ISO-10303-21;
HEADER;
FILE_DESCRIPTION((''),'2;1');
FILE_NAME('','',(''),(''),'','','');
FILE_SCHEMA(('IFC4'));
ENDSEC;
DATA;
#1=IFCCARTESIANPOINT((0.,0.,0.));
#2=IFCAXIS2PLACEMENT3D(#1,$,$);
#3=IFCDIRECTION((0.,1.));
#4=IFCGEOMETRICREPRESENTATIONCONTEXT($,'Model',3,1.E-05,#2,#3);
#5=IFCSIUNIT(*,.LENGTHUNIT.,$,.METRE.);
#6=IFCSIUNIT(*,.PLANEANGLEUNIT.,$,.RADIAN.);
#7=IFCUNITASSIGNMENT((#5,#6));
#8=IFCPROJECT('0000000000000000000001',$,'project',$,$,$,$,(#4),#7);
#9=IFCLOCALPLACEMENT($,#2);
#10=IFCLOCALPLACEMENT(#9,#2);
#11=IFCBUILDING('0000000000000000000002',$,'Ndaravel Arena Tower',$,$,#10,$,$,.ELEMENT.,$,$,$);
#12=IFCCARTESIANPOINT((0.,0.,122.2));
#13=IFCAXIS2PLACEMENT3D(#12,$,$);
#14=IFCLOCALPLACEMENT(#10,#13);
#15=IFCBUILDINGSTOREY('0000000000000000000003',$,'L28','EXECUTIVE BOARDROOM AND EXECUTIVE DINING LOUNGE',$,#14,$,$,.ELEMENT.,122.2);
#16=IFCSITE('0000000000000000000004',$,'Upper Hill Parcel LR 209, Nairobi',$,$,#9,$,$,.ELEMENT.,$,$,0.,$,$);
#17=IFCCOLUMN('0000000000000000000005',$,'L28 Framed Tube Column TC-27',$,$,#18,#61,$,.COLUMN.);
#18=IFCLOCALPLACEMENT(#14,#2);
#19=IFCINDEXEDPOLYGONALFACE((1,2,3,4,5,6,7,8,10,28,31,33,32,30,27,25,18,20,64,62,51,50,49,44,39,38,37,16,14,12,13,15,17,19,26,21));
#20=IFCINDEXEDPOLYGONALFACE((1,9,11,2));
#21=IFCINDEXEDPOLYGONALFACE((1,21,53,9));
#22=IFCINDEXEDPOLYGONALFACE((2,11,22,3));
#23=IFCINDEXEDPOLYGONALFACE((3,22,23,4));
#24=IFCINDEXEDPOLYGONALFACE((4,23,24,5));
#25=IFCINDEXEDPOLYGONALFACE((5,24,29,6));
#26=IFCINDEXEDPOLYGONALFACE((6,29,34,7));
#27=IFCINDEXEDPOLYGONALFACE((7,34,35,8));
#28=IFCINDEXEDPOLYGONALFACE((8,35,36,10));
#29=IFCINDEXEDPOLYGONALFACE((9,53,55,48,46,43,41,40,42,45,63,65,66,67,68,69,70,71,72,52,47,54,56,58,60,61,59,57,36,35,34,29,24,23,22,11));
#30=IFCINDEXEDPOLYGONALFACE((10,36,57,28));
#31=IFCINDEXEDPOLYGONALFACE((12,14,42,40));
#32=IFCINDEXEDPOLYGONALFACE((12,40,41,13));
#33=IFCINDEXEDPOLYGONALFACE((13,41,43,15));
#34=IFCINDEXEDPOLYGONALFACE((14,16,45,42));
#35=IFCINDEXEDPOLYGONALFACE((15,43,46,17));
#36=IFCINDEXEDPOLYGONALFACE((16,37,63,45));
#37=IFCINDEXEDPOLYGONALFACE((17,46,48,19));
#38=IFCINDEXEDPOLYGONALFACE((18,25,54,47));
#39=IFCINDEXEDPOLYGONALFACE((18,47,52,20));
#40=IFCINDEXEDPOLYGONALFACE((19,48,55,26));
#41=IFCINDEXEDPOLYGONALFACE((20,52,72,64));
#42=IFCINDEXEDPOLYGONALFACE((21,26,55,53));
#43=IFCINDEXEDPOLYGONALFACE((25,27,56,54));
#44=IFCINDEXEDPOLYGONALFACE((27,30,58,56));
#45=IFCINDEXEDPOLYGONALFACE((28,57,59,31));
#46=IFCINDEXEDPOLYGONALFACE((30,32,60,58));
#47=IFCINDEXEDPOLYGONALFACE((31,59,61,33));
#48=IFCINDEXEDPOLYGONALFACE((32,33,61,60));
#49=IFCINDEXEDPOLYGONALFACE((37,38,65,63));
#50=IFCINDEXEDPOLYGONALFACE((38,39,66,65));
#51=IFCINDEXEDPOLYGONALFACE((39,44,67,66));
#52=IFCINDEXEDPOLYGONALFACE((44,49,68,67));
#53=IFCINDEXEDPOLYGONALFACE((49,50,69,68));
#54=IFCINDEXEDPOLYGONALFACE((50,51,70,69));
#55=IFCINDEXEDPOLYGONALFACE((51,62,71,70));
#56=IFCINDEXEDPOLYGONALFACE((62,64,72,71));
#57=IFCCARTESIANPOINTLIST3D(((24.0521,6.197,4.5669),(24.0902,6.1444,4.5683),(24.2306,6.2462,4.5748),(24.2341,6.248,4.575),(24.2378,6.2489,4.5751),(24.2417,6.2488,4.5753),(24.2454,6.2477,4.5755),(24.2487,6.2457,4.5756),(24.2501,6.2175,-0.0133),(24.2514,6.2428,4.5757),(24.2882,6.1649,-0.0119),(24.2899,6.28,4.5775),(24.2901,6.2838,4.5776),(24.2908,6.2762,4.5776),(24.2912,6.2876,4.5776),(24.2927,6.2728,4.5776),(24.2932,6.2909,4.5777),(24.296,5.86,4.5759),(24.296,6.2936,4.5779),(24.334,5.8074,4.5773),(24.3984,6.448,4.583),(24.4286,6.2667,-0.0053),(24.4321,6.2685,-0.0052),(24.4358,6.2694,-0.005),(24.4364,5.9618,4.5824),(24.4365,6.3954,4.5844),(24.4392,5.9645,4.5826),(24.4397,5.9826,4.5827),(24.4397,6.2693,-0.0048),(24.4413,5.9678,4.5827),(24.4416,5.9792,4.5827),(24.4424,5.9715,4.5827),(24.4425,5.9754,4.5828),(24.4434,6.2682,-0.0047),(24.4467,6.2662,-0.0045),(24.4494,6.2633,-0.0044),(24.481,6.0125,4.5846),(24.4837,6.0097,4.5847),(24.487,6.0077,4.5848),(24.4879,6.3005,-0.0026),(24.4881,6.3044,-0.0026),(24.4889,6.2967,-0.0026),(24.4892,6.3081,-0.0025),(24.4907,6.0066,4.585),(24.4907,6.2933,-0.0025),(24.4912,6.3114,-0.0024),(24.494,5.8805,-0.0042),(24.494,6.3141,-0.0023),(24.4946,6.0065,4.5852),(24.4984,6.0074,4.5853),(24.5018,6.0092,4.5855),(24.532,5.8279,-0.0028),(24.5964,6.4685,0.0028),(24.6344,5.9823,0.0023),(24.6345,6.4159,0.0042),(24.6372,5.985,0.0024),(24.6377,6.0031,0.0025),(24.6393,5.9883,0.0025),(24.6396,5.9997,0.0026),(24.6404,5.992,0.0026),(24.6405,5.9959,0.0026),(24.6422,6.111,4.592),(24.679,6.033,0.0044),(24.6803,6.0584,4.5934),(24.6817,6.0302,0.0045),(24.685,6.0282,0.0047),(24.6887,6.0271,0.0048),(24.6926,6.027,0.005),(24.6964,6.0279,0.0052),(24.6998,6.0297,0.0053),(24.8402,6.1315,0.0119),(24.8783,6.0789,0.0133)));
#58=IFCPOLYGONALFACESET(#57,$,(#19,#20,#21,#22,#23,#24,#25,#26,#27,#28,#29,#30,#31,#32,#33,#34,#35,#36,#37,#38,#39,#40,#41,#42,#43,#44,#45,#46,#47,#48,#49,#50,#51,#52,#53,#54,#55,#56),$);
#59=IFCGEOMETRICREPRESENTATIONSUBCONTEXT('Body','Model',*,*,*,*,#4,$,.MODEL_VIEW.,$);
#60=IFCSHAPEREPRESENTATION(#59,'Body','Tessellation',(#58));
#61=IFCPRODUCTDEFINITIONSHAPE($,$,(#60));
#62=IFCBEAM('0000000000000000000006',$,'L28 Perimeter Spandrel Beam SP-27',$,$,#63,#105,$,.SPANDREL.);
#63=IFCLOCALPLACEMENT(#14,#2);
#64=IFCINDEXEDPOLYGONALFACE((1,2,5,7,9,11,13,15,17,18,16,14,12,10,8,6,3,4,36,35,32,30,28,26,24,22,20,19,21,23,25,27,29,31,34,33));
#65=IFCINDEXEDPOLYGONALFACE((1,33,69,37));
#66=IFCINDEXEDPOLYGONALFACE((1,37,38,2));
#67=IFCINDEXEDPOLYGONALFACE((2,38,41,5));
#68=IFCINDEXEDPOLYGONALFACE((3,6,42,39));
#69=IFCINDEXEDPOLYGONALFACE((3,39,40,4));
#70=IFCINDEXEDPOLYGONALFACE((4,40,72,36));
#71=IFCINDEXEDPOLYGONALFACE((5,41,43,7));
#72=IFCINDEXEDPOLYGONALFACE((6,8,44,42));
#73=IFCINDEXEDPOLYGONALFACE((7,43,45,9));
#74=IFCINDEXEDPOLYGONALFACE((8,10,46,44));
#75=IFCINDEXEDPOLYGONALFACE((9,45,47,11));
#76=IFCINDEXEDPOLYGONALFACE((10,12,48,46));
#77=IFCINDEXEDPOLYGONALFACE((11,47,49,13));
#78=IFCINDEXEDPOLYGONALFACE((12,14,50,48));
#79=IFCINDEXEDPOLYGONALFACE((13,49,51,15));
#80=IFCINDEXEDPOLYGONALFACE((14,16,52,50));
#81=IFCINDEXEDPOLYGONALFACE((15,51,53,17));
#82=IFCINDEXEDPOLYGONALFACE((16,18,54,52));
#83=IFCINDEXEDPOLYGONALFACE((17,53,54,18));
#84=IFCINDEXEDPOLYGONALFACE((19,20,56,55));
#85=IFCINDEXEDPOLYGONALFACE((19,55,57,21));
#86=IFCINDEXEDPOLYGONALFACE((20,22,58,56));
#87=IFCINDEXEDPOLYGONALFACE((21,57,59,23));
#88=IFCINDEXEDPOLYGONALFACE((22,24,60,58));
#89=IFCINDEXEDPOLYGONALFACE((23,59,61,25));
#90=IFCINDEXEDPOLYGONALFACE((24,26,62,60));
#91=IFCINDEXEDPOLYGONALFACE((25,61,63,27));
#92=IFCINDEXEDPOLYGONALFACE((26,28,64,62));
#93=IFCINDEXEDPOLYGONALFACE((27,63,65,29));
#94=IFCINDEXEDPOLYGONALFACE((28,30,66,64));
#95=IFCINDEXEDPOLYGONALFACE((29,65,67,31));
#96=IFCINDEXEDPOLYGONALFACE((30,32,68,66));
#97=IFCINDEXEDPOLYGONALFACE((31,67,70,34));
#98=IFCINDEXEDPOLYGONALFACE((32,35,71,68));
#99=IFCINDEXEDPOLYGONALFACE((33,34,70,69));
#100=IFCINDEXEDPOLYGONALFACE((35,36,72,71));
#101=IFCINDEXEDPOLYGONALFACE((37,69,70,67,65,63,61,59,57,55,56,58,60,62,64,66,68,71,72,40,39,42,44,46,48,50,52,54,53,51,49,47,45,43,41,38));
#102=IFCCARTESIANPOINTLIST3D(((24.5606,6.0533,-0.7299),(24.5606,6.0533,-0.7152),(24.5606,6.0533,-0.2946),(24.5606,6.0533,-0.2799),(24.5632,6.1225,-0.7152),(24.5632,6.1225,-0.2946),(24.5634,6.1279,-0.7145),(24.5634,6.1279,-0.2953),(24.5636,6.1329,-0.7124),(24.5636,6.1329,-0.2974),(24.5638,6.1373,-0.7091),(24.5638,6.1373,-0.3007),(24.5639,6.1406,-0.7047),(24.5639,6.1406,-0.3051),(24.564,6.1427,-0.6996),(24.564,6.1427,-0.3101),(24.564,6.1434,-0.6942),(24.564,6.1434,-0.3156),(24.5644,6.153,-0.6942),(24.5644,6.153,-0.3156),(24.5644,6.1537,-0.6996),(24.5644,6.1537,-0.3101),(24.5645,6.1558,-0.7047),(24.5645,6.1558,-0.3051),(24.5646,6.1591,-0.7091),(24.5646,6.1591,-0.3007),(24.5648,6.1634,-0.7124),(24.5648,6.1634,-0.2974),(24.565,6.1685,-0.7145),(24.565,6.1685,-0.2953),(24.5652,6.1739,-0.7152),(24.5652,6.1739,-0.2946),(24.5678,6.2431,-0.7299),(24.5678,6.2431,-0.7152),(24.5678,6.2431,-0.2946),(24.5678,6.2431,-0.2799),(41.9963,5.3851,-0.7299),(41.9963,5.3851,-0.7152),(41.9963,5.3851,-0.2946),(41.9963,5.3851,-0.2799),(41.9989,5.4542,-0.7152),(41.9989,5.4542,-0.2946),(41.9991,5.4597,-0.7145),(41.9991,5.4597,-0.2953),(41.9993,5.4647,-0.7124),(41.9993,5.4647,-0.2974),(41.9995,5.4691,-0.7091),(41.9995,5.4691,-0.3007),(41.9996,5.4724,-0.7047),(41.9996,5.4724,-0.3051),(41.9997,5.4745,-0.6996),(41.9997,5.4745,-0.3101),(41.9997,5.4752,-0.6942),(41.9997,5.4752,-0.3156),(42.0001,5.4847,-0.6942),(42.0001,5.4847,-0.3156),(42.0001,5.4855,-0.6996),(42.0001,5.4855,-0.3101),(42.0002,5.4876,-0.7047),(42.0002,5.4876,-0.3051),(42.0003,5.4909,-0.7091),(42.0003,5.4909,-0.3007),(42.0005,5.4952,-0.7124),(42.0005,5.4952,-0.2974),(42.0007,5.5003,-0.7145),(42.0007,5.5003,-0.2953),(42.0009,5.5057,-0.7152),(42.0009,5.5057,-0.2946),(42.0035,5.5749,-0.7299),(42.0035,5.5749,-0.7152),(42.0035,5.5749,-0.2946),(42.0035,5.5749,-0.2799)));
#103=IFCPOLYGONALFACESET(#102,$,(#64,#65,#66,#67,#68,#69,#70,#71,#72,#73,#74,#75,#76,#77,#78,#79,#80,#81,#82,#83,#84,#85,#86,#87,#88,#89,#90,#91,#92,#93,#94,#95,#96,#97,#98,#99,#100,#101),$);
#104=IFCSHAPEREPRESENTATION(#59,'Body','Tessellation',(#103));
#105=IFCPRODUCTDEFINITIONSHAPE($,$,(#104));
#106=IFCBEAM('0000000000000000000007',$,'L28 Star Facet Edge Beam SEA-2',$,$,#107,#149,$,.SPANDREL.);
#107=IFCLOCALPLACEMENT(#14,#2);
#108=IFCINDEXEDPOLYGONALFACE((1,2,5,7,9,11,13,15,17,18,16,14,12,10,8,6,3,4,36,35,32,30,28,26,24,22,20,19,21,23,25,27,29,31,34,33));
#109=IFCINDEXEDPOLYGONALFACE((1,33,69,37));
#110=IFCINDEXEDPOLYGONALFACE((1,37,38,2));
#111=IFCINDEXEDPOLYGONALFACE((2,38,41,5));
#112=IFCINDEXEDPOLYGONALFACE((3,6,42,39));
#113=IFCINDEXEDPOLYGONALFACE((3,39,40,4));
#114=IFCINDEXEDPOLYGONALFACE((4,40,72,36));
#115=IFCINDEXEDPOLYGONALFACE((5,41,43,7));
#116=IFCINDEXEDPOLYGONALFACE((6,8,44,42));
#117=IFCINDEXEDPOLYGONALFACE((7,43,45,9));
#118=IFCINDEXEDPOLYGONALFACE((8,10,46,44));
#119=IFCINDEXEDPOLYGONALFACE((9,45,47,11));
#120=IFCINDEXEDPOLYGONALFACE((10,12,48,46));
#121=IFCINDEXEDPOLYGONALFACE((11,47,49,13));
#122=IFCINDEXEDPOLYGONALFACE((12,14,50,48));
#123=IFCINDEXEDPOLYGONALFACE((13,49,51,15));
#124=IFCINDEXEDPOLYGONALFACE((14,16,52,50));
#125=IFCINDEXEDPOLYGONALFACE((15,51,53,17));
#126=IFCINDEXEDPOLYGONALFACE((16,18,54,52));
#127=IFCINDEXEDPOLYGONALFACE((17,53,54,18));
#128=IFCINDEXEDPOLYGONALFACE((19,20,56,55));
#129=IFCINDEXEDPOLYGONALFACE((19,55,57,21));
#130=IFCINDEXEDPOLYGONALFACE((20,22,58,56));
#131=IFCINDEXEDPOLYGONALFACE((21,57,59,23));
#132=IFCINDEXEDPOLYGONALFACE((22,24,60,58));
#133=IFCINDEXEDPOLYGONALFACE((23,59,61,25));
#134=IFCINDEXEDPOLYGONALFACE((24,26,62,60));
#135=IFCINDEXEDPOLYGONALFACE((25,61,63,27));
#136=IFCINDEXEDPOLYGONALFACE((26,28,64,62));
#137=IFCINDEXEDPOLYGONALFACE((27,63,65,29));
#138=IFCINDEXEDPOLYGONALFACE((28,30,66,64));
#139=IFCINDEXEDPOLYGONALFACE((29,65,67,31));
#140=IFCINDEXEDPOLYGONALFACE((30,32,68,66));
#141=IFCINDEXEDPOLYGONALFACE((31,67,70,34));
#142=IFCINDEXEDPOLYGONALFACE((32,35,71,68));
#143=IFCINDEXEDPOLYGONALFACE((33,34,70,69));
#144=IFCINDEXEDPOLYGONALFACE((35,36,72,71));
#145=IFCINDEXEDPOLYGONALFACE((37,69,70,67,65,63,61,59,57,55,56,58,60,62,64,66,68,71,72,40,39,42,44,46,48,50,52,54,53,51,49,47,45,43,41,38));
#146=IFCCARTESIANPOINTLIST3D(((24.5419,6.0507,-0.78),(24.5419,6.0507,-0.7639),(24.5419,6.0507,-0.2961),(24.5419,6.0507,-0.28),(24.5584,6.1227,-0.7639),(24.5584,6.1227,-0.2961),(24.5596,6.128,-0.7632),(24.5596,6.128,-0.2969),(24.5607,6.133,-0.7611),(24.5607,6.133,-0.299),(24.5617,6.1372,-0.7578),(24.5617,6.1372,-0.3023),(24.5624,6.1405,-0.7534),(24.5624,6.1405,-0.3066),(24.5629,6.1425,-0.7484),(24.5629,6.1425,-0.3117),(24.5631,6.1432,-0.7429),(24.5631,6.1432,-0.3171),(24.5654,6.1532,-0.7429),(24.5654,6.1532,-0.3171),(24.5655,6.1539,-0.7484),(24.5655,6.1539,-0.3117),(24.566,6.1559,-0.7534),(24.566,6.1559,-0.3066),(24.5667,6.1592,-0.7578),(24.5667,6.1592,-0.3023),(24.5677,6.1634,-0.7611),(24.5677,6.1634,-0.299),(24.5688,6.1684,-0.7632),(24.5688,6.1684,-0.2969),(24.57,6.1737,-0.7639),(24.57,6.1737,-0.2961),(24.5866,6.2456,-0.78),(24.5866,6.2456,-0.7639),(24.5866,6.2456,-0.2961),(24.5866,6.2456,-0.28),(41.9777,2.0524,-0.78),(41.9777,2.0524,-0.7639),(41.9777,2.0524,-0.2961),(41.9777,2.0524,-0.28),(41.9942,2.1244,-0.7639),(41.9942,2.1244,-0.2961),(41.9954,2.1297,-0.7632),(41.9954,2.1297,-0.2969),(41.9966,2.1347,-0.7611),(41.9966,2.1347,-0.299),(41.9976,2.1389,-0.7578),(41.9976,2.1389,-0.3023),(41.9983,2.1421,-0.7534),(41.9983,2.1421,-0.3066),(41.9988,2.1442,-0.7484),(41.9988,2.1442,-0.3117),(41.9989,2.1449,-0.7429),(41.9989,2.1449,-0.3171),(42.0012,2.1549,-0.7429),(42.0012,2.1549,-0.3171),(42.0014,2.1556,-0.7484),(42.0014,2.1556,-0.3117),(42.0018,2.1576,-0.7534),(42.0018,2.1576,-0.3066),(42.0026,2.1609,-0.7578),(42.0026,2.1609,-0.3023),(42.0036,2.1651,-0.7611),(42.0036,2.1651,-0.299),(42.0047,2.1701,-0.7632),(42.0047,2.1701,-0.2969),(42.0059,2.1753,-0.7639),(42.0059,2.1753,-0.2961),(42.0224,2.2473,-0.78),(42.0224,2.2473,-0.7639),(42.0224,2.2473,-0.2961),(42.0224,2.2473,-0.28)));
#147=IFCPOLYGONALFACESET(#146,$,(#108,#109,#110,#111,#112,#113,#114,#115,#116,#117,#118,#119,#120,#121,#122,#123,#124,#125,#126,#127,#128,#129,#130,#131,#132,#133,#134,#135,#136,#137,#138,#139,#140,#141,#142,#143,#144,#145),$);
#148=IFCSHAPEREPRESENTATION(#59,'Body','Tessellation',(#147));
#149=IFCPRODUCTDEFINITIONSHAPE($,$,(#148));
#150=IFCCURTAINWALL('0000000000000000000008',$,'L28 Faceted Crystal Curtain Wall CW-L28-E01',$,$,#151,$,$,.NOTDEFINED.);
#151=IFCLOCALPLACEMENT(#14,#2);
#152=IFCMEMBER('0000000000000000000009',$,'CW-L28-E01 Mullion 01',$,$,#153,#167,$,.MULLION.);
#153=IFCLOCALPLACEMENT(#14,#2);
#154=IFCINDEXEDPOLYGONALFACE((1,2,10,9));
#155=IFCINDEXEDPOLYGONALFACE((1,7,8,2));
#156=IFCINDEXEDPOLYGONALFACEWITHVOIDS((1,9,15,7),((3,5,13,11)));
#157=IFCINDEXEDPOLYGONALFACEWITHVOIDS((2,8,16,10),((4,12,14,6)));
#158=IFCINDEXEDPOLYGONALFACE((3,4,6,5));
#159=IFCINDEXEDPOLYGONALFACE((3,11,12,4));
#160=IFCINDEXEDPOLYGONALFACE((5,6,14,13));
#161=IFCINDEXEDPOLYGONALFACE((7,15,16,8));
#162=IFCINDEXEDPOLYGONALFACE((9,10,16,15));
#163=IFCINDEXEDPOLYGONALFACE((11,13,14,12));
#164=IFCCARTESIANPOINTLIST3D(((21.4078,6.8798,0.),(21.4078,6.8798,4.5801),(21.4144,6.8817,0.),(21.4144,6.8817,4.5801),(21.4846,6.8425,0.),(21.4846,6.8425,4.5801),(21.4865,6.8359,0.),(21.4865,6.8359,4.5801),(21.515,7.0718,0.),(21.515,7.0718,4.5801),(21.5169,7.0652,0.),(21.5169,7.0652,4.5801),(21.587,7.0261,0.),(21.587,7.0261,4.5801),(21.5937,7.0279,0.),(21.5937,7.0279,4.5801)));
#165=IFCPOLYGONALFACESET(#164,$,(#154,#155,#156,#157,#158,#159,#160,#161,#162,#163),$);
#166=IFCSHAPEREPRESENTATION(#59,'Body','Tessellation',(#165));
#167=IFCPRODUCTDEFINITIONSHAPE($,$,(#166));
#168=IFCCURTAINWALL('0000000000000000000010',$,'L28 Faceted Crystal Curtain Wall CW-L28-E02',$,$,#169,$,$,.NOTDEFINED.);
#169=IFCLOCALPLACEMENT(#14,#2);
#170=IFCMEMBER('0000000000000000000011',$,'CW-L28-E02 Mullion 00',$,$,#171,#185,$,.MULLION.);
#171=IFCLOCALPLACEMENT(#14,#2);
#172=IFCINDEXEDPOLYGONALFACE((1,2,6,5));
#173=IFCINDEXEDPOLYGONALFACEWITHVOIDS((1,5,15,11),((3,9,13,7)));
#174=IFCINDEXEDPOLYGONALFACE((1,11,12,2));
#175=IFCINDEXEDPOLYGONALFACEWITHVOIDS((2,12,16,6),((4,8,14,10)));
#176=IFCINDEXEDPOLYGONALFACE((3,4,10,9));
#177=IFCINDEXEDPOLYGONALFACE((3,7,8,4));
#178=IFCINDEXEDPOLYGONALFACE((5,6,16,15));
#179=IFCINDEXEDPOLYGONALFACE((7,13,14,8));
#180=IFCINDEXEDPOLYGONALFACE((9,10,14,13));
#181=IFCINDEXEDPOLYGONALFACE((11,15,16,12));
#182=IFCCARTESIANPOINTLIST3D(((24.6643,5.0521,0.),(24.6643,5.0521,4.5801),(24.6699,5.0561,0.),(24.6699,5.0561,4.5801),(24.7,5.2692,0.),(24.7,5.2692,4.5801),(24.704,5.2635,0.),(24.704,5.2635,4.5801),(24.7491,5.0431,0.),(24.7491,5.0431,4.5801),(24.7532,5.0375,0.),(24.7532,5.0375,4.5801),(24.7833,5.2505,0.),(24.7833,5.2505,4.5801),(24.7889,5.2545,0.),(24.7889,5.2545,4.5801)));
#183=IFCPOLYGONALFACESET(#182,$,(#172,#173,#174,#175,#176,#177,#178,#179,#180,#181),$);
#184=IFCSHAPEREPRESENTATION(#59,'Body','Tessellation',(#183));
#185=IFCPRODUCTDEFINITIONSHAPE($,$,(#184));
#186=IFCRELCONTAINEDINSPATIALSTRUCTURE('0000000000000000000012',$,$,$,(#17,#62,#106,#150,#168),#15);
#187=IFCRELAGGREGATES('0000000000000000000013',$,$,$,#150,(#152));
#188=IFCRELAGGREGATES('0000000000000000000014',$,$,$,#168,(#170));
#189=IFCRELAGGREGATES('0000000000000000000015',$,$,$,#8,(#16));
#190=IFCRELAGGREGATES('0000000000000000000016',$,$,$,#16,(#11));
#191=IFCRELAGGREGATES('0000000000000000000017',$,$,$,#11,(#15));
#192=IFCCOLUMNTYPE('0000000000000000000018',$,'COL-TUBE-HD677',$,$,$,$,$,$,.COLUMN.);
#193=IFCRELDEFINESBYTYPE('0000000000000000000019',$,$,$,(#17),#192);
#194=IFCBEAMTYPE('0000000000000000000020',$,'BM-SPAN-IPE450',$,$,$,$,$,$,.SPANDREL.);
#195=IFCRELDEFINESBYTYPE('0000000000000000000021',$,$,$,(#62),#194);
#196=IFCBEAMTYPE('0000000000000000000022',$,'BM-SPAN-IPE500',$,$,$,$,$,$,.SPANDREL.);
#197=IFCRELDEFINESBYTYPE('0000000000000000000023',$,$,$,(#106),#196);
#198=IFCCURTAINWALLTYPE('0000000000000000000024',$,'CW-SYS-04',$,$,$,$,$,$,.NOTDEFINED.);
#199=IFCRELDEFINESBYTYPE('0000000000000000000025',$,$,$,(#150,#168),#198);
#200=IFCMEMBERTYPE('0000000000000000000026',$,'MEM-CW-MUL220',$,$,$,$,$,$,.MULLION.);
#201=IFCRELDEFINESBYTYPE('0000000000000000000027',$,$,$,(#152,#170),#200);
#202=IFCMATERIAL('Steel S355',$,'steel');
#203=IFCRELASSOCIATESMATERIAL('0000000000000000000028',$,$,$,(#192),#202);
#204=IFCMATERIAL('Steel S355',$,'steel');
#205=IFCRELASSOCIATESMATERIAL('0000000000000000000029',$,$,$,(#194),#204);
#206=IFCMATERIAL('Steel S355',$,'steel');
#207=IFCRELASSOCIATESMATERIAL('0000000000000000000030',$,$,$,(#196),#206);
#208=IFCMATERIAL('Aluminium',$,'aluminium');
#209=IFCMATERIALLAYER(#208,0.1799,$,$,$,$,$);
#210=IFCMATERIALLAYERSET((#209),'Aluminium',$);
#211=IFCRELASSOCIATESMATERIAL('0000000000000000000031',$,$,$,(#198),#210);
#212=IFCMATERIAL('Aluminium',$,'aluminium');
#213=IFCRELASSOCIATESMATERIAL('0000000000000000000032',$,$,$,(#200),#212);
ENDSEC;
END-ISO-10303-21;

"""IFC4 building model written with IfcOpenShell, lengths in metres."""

from ifc_helpers import new_model, si_unit, direction, frame, origin, origin_2d, place, context, subcontext, project, spatial, hollow_rectangle, i_section, extrude, material, layer, layer_set, material_profile, profile_set, type_object, element, aggregate, save


model = new_model("IFC4")

# Units and contexts
model_context = context("Model", 3, precision=1e-05, world=origin(), true_north=direction((0.0, 1.0)))
body_context = subcontext(model_context, "Body", "Model", "MODEL_VIEW")
ifc_project = project(units=[si_unit("LENGTHUNIT", "METRE"), si_unit("PLANEANGLEUNIT", "RADIAN")], contexts=[model_context])

# Site, building, storey
site_placement = place(None, origin())
site = spatial("IfcSite", under=ifc_project, at=site_placement, Name="Upper Hill Parcel LR 209, Nairobi", CompositionType="ELEMENT", RefElevation=0.0)
building_placement = place(site_placement, origin())
building = spatial("IfcBuilding", under=site, at=building_placement, Name="Ndaravel Arena Tower", CompositionType="ELEMENT")
storey_placement = place(building_placement, frame((0.0, 0.0, 122.2)))
storey = spatial("IfcBuildingStorey", under=building, at=storey_placement, Name="L28", Description="EXECUTIVE BOARDROOM AND EXECUTIVE DINING LOUNGE", CompositionType="ELEMENT", Elevation=122.2)

# Column
ifc_material_1 = material(Name="Steel S355", Category="steel")
ifc_material_profile_1 = material_profile(ifc_material_1, i_section(OverallWidth=0.428, OverallDepth=0.481, WebThickness=0.051, FlangeThickness=0.0649, FilletRadius=0.0149, at=origin_2d()), Name="HD 400x677")
ifc_profile_set_1 = profile_set([ifc_material_profile_1], Name="Steel S355")
column_type = type_object("IfcColumnType", Name="COL-TUBE-HD677", PredefinedType="COLUMN", material=ifc_profile_set_1)
column_placement = place(storey_placement, frame((24.5642, 6.1482, 0.0), z_axis=(-0.04319, -0.004473, 0.999057), x_axis=(0.809092, 0.586477, 0.037603)))
element("IfcColumn", 1, at=column_placement, inside=storey, type_object=column_type, Name="L28 Framed Tube Column TC-27", PredefinedType="COLUMN", context=body_context, shape_type="SweptSolid", body=[
    extrude(i_section(OverallWidth=0.428, OverallDepth=0.481, WebThickness=0.051, FlangeThickness=0.0649, FilletRadius=0.0149, at=origin_2d()), origin(), (0.0, 0.0, 1.0), 4.5845),
])

# Beams
ifc_material_2 = material(Name="Steel S355", Category="steel")
ifc_material_profile_2 = material_profile(ifc_material_2, i_section(OverallWidth=0.1899, OverallDepth=0.45, WebThickness=0.0095, FlangeThickness=0.0146, FilletRadius=0.021, at=origin_2d()), Name="IPE 450")
ifc_profile_set_2 = profile_set([ifc_material_profile_2], Name="Steel S355")
beam_type_1 = type_object("IfcBeamType", Name="BM-SPAN-IPE450", PredefinedType="SPANDREL", material=ifc_profile_set_2)
beam_1_placement = place(storey_placement, frame((24.5642, 6.1482, -0.5049), z_axis=(0.999266, -0.038296, 0.0), x_axis=(0.038296, 0.999266, 0.0)))
element("IfcBeam", 2, at=beam_1_placement, inside=storey, type_object=beam_type_1, Name="L28 Perimeter Spandrel Beam SP-27", PredefinedType="SPANDREL", context=body_context, shape_type="SweptSolid", body=[
    extrude(i_section(OverallWidth=0.1899, OverallDepth=0.45, WebThickness=0.0095, FlangeThickness=0.0146, FilletRadius=0.021, at=origin_2d()), origin(), (0.0, 0.0, 1.0), 17.4485),
])
ifc_material_3 = material(Name="Steel S355", Category="steel")
ifc_material_profile_3 = material_profile(ifc_material_3, i_section(OverallWidth=0.2, OverallDepth=0.5, WebThickness=0.0103, FlangeThickness=0.0161, FilletRadius=0.021, at=origin_2d()), Name="IPE 500")
ifc_profile_set_3 = profile_set([ifc_material_profile_3], Name="Steel S355")
beam_type_2 = type_object("IfcBeamType", Name="BM-SPAN-IPE500", PredefinedType="SPANDREL", material=ifc_profile_set_3)
beam_2_placement = place(storey_placement, frame((24.5642, 6.1482, -0.53), z_axis=(0.974701, -0.223514, 0.0), x_axis=(0.223514, 0.974701, 0.0)))
element("IfcBeam", 3, at=beam_2_placement, inside=storey, type_object=beam_type_2, Name="L28 Star Facet Edge Beam SEA-2", PredefinedType="SPANDREL", context=body_context, shape_type="SweptSolid", body=[
    extrude(i_section(OverallWidth=0.2, OverallDepth=0.5, WebThickness=0.0103, FlangeThickness=0.0161, FilletRadius=0.021, at=origin_2d()), origin(), (0.0, 0.0, 1.0), 17.8884),
])

# Curtain wall, member
ifc_material_4 = material(Name="Aluminium", Category="aluminium")
ifc_layer_1 = layer(ifc_material_4, 0.1799)
ifc_layer_set_1 = layer_set([ifc_layer_1], Name="Aluminium")
curtain_wall_type = type_object("IfcCurtainWallType", Name="CW-SYS-04", PredefinedType="NOTDEFINED", material=ifc_layer_set_1)
curtain_wall_1_placement = place(storey_placement, origin())
curtain_wall_1 = element("IfcCurtainWall", 4, at=curtain_wall_1_placement, inside=storey, type_object=curtain_wall_type, Name="L28 Faceted Crystal Curtain Wall CW-L28-E01", PredefinedType="NOTDEFINED")
ifc_material_5 = material(Name="Aluminium", Category="aluminium")
ifc_material_profile_4 = material_profile(ifc_material_5, hollow_rectangle(XDim=0.0901, YDim=0.22, WallThickness=0.0049, at=origin_2d()), Name="CW MULLION 90x220x5")
ifc_profile_set_4 = profile_set([ifc_material_profile_4], Name="Aluminium")
member_type_1 = type_object("IfcMemberType", Name="MEM-CW-MUL220", PredefinedType="MULLION", material=ifc_profile_set_4)
member_1_placement = place(storey_placement, frame((21.5007, 6.9539, 0.0), z_axis=(0.0, 0.0, 1.0), x_axis=(0.873177, -0.487403, 0.0)))
member_1 = element("IfcMember", 5, at=member_1_placement, type_object=member_type_1, Name="CW-L28-E01 Mullion 01", PredefinedType="MULLION", context=body_context, shape_type="SweptSolid", body=[
    extrude(hollow_rectangle(XDim=0.0901, YDim=0.22, WallThickness=0.0049, at=origin_2d()), origin(), (0.0, 0.0, 1.0), 4.5801),
])

# Curtain wall, member
curtain_wall_2_placement = place(storey_placement, origin())
curtain_wall_2 = element("IfcCurtainWall", 6, at=curtain_wall_2_placement, inside=storey, type_object=curtain_wall_type, Name="L28 Faceted Crystal Curtain Wall CW-L28-E02", PredefinedType="NOTDEFINED")
member_2_placement = place(storey_placement, frame((24.7266, 5.1533, 0.0), z_axis=(0.0, 0.0, 1.0), x_axis=(0.98674, -0.16231, 0.0)))
member_2 = element("IfcMember", 7, at=member_2_placement, type_object=member_type_1, Name="CW-L28-E02 Mullion 00", PredefinedType="MULLION", context=body_context, shape_type="SweptSolid", body=[
    extrude(hollow_rectangle(XDim=0.0901, YDim=0.22, WallThickness=0.0049, at=origin_2d()), origin(), (0.0, 0.0, 1.0), 4.5801),
])

aggregate(curtain_wall_1, [member_1])
aggregate(curtain_wall_2, [member_2])

save(model, "model.ifc")
